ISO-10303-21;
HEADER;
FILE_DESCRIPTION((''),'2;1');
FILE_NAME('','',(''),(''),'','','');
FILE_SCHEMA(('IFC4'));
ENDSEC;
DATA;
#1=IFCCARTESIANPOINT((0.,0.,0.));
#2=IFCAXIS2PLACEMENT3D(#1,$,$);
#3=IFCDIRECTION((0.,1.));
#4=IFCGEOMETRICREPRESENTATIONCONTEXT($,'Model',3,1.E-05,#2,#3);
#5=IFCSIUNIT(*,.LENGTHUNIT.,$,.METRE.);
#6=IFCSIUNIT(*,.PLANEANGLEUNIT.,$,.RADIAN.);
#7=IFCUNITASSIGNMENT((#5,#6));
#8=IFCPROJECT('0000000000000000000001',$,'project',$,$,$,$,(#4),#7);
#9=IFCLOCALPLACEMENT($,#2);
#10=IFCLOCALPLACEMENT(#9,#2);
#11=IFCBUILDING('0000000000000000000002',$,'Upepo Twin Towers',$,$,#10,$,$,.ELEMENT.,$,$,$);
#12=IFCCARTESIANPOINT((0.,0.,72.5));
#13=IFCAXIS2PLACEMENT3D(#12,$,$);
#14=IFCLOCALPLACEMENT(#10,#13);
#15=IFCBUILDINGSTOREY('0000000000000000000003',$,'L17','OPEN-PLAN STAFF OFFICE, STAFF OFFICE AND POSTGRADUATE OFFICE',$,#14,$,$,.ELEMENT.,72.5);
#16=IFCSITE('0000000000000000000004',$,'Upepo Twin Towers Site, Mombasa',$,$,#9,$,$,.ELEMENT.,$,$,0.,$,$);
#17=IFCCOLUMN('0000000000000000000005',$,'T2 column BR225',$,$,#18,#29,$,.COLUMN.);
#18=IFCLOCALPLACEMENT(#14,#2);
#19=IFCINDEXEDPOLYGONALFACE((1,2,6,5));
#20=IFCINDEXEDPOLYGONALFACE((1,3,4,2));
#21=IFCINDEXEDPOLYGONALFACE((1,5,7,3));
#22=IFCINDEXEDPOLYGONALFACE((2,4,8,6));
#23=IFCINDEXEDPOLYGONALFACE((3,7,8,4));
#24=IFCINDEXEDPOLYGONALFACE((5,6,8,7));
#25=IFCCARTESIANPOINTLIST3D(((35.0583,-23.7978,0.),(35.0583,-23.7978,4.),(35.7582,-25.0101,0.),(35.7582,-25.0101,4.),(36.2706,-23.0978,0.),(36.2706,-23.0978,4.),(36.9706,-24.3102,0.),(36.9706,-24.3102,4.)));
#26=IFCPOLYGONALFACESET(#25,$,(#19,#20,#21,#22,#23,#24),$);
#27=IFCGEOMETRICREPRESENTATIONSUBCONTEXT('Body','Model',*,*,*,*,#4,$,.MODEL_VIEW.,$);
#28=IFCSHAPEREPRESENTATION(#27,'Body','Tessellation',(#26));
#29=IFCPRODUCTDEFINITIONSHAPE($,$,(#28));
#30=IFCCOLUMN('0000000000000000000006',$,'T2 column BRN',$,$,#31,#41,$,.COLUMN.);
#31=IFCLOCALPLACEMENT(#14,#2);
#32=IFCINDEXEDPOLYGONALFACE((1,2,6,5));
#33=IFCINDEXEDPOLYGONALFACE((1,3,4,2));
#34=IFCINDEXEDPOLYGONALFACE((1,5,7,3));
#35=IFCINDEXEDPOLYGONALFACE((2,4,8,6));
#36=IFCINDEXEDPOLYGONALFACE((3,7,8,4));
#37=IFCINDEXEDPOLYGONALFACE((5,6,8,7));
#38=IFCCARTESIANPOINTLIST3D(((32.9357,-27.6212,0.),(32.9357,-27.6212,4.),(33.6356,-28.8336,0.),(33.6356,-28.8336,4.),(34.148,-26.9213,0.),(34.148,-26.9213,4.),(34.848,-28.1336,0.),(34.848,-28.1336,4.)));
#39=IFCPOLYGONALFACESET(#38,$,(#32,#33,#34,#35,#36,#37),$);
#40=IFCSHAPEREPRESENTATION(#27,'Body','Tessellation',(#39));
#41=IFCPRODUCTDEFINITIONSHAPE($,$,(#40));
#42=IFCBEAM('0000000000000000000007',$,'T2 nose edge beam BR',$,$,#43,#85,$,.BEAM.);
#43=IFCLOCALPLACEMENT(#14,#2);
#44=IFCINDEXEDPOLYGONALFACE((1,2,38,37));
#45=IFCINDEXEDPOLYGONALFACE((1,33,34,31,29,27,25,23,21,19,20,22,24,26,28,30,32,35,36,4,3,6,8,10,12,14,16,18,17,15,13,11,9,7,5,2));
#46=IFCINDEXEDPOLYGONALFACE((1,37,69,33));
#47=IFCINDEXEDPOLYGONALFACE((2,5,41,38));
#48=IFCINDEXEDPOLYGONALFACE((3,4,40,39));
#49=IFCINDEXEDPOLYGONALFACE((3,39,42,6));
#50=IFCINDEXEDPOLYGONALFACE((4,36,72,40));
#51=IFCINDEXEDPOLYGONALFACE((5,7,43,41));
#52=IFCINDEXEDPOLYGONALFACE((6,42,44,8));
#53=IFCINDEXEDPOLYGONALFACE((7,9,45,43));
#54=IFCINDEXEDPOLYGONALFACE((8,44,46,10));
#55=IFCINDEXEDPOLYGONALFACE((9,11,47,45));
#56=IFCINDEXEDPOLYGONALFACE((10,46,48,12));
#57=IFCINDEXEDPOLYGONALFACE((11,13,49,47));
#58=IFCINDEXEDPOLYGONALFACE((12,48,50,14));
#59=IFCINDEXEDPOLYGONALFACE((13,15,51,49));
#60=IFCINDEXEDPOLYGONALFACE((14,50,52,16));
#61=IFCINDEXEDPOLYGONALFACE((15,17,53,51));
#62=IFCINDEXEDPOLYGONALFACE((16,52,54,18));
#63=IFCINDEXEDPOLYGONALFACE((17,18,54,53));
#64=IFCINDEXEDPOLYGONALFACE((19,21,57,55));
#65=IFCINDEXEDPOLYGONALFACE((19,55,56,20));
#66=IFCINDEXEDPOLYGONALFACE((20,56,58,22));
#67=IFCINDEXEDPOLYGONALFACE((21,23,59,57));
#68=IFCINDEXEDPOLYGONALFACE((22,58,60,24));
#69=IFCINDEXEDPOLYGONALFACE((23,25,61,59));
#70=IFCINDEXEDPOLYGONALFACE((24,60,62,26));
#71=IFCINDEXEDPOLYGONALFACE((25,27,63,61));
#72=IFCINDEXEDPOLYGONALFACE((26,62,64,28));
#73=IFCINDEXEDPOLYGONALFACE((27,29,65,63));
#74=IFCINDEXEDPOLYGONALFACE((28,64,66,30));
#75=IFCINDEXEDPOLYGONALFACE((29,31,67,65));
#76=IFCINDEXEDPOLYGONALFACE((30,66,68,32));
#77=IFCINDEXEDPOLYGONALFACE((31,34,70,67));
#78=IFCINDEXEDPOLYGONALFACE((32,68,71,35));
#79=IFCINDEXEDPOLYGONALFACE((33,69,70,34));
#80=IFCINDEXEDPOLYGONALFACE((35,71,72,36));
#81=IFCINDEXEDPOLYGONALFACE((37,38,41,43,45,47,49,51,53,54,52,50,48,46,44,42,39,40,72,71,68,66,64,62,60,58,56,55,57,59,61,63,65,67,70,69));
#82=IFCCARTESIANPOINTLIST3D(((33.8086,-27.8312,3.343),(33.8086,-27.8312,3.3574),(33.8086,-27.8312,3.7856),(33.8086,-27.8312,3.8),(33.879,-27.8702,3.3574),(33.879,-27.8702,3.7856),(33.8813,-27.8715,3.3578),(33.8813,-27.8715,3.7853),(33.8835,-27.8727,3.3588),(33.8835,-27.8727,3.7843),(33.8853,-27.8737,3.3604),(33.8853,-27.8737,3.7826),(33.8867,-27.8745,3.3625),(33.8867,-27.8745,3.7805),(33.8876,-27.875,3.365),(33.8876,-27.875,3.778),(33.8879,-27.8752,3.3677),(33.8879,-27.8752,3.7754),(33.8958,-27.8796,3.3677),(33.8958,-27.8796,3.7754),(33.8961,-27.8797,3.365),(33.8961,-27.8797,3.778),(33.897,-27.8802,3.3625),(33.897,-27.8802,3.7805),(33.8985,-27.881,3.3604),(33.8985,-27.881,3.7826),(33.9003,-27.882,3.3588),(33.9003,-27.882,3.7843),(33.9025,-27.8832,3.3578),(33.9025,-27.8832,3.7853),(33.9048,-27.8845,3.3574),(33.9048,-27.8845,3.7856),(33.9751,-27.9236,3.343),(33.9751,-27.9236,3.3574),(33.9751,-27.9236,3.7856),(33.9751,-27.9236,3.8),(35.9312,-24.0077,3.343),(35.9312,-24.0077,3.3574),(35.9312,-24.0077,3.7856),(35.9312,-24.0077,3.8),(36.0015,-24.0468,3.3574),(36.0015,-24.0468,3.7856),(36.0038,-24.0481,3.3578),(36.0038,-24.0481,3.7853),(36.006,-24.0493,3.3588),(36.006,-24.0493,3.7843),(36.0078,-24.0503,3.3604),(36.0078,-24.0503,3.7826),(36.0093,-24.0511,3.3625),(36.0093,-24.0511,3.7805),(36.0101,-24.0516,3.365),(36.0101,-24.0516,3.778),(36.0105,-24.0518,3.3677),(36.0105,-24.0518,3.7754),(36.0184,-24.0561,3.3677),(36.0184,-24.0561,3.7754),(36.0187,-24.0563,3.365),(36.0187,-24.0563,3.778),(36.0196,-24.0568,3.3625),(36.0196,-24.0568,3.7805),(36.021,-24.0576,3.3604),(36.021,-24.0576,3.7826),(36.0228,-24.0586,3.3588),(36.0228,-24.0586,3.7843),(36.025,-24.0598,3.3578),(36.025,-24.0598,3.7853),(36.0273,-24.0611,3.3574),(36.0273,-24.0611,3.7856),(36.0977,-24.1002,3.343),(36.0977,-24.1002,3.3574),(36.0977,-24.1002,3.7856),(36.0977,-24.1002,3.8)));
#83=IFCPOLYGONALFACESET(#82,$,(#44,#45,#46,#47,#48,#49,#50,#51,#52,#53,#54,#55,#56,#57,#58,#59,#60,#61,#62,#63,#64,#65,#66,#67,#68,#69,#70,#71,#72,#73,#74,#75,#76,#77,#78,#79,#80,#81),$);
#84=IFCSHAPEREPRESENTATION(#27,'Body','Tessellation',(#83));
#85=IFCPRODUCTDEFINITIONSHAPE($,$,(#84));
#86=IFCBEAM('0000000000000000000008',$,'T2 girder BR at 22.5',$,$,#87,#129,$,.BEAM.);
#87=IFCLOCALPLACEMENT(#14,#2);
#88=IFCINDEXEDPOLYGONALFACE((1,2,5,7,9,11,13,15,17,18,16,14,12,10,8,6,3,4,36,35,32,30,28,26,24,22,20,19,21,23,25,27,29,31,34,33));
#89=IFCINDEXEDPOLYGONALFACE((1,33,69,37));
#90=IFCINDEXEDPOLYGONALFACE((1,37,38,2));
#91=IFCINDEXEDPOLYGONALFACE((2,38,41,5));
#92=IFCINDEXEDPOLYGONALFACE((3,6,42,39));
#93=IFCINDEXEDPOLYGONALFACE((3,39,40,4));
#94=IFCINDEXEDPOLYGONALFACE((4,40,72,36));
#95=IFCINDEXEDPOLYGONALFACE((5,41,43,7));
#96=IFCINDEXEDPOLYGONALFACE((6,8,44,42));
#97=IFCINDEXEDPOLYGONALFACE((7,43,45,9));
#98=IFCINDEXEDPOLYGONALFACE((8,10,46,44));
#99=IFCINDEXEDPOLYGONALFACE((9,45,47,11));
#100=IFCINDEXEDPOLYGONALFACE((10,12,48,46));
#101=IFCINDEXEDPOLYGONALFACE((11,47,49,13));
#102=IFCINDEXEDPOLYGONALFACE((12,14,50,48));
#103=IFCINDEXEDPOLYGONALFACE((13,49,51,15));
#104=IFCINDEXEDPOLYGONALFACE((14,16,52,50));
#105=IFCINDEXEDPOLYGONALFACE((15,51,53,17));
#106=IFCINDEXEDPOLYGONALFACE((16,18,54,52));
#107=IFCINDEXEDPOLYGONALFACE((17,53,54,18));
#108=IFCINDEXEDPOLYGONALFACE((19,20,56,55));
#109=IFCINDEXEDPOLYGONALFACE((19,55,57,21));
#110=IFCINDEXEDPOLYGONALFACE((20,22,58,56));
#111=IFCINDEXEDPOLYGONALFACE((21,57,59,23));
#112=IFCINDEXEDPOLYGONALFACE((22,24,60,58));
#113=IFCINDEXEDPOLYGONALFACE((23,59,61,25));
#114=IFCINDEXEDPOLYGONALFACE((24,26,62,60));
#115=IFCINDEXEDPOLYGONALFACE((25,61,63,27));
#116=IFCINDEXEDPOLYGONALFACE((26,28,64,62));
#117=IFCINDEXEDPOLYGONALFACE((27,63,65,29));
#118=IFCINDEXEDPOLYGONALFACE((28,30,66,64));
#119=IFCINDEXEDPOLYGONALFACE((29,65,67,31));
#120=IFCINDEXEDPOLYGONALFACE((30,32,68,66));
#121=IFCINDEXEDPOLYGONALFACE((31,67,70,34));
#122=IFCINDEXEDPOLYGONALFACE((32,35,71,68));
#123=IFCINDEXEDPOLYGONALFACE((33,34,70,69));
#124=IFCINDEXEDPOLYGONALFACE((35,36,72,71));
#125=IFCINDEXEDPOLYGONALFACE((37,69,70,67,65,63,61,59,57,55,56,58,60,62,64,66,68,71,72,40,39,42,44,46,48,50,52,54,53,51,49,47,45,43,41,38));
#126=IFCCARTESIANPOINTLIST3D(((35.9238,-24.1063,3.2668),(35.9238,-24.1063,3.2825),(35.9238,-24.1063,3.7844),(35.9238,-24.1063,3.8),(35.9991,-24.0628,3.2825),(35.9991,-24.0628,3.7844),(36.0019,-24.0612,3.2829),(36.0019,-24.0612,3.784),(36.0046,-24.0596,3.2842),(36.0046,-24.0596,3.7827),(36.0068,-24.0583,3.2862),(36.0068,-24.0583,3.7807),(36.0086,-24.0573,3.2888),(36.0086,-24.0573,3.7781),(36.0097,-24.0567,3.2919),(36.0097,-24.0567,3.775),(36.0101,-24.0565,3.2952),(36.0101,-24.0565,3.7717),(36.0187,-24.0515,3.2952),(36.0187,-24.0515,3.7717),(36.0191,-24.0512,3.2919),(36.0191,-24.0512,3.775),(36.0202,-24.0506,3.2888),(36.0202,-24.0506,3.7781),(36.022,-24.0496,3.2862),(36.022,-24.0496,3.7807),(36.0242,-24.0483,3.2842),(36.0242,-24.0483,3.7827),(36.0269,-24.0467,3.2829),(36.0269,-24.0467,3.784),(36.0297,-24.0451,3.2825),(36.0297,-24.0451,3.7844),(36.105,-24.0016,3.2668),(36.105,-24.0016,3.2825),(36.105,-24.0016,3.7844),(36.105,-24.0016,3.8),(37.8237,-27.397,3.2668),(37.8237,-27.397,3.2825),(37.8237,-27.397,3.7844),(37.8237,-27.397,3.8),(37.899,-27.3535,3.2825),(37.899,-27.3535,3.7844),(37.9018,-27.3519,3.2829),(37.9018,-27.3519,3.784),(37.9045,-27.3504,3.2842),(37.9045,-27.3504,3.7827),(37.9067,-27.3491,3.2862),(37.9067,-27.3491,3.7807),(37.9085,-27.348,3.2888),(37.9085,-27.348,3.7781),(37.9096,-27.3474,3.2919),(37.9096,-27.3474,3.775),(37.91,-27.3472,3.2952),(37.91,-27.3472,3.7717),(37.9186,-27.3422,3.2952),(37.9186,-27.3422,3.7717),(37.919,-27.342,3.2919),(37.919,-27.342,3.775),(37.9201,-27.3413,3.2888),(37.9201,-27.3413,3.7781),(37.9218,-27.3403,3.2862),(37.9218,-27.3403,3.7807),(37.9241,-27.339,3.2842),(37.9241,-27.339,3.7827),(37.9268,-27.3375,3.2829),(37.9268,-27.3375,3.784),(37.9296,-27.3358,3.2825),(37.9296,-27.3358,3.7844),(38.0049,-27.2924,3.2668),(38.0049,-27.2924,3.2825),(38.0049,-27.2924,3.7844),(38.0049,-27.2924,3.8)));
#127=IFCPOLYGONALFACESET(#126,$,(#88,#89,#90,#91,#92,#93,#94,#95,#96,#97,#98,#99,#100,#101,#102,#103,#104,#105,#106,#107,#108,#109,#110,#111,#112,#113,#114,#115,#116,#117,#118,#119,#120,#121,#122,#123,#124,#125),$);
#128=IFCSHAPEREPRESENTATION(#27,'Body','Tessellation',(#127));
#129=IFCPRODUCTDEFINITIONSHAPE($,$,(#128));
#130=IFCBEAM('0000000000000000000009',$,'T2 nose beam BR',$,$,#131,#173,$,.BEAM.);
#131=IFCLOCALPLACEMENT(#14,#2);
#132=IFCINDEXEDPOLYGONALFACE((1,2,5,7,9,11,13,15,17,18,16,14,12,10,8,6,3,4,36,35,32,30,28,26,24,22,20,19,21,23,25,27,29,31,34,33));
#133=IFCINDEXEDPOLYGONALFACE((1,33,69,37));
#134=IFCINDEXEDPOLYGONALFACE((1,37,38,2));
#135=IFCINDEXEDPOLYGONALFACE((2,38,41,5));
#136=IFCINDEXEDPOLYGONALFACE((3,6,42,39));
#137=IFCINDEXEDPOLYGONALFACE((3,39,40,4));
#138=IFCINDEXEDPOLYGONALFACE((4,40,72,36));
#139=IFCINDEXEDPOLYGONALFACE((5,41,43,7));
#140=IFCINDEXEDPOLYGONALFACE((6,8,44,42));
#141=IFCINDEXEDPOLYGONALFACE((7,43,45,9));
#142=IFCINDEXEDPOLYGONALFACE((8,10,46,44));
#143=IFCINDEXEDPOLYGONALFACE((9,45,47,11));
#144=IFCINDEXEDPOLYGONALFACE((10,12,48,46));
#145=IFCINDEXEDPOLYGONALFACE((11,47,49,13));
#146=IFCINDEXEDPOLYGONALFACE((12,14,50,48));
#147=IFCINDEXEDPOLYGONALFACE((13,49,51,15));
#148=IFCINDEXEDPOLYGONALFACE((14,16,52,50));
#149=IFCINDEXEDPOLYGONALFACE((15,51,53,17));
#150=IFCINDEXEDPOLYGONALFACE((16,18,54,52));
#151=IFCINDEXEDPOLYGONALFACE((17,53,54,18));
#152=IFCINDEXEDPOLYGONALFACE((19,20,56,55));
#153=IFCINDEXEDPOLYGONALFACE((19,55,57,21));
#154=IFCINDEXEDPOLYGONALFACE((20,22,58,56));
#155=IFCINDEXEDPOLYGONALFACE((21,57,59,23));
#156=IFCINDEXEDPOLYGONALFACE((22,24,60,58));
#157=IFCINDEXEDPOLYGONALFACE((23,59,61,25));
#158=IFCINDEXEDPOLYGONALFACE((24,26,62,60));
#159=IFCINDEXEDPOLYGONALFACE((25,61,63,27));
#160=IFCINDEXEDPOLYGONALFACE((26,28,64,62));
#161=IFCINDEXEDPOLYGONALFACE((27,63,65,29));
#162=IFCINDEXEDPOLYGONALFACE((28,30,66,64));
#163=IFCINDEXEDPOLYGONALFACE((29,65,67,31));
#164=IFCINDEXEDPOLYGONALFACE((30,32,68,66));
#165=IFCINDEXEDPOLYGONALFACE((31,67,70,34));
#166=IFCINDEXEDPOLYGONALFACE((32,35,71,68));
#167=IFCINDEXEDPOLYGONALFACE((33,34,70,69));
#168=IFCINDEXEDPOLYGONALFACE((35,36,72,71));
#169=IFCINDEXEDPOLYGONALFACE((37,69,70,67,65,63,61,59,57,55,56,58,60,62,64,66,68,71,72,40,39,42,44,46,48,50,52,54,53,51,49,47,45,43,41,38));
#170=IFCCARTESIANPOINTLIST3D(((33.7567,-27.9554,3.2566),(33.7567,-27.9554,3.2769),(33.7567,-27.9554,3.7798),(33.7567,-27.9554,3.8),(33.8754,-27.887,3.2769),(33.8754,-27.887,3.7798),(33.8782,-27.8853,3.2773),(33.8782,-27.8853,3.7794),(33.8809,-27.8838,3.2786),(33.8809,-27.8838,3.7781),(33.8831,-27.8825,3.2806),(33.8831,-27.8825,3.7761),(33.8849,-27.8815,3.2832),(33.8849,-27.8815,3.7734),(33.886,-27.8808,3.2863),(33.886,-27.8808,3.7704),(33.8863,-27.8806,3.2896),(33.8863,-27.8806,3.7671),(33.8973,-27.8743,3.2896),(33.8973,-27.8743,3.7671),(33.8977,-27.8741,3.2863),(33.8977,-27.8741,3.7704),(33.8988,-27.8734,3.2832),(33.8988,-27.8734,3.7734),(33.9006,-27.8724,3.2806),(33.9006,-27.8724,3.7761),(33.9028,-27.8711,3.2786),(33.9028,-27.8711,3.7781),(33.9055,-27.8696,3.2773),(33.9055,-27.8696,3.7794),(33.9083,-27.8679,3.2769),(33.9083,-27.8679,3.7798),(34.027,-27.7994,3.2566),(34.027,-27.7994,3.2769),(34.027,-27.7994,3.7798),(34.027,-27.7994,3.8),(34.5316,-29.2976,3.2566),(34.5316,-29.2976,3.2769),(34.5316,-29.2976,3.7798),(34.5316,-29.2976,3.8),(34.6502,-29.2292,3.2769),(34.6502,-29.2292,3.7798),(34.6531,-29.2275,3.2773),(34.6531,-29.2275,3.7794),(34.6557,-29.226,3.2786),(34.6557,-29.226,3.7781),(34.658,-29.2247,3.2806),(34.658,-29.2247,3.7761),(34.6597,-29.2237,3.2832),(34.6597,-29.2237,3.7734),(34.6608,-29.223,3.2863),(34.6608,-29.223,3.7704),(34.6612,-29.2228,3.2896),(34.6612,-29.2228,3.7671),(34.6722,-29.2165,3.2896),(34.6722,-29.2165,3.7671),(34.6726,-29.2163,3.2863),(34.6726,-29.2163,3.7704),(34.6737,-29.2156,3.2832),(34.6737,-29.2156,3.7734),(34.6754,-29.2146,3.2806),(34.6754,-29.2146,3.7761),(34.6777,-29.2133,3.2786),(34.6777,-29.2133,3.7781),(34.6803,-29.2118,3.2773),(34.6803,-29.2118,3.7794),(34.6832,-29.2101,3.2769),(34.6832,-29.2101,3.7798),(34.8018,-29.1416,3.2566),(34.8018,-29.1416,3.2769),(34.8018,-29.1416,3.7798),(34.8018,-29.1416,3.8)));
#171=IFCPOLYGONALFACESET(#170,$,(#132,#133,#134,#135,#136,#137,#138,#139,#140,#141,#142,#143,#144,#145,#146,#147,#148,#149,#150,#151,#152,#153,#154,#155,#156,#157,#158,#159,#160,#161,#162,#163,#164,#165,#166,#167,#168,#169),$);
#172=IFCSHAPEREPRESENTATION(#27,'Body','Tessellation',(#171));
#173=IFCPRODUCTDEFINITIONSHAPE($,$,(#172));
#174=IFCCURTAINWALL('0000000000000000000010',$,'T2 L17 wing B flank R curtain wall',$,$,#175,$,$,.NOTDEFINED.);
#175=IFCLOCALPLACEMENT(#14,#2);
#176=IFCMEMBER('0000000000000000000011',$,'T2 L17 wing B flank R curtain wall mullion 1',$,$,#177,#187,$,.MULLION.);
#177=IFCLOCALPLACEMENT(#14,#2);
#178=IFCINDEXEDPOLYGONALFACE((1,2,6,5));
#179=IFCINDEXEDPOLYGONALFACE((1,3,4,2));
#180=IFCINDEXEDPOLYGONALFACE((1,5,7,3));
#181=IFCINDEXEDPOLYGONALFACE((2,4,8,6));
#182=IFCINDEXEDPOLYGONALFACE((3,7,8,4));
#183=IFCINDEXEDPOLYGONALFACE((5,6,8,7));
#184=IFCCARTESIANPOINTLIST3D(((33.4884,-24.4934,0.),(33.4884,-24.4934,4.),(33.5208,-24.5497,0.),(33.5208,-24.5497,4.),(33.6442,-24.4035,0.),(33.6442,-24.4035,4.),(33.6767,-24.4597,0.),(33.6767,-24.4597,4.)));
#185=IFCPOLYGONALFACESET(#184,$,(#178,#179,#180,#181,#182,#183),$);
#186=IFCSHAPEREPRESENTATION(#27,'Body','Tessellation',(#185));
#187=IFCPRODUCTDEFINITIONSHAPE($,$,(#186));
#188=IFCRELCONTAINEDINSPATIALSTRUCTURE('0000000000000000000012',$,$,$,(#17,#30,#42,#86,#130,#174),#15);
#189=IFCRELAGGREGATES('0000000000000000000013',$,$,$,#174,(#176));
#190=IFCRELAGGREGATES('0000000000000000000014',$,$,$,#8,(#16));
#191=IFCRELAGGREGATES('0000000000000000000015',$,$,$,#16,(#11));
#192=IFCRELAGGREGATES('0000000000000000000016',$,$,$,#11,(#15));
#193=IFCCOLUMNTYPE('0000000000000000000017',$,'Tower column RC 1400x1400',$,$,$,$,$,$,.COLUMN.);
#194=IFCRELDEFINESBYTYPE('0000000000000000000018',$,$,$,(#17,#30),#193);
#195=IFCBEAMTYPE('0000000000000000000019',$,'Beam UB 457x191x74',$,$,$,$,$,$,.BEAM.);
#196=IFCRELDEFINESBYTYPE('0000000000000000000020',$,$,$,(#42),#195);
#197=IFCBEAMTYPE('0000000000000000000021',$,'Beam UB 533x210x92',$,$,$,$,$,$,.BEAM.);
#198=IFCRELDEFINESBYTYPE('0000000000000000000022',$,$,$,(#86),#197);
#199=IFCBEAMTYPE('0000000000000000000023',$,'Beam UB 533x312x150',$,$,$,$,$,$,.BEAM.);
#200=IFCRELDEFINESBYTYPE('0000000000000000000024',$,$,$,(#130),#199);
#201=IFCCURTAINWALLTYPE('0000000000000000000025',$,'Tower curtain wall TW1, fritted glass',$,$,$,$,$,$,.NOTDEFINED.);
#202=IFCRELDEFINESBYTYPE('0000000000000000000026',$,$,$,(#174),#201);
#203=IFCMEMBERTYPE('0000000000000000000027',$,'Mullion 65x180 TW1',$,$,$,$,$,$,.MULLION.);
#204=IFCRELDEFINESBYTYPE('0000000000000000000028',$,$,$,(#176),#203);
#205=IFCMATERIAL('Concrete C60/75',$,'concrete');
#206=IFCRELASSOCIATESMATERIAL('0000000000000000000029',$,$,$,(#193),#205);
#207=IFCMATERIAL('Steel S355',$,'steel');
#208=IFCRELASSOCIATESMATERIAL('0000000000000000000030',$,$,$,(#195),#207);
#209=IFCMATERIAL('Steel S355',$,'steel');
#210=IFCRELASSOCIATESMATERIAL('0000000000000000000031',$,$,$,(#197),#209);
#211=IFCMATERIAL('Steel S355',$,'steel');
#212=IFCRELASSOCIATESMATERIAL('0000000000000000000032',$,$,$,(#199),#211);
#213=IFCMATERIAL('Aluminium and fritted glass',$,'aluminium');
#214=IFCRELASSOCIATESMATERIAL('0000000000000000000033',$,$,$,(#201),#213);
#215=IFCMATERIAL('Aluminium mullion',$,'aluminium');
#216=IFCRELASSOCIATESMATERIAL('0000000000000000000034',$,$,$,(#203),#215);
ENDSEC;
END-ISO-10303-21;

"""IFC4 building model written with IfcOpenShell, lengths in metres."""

from ifc_helpers import new_model, si_unit, direction, frame, origin, origin_2d, place, context, subcontext, project, spatial, rectangle, i_section, extrude, material, material_profile, profile_set, type_object, element, aggregate, save


model = new_model("IFC4")

# Units and contexts
model_context = context("Model", 3, precision=1e-05, world=origin(), true_north=direction((0.0, 1.0)))
body_context = subcontext(model_context, "Body", "Model", "MODEL_VIEW")
ifc_project = project(units=[si_unit("LENGTHUNIT", "METRE"), si_unit("PLANEANGLEUNIT", "RADIAN")], contexts=[model_context])

# Site, building, storey
site_placement = place(None, origin())
site = spatial("IfcSite", under=ifc_project, at=site_placement, Name="Upepo Twin Towers Site, Mombasa", CompositionType="ELEMENT", RefElevation=0.0)
building_placement = place(site_placement, origin())
building = spatial("IfcBuilding", under=site, at=building_placement, Name="Upepo Twin Towers", CompositionType="ELEMENT")
storey_placement = place(building_placement, frame((0.0, 0.0, 72.5)))
storey = spatial("IfcBuildingStorey", under=building, at=storey_placement, Name="L17", Description="OPEN-PLAN STAFF OFFICE, STAFF OFFICE AND POSTGRADUATE OFFICE", CompositionType="ELEMENT", Elevation=72.5)

# Columns
ifc_material_1 = material(Name="Concrete C60/75", Category="concrete")
ifc_material_profile_1 = material_profile(ifc_material_1, rectangle(XDim=1.3999, YDim=1.3999, at=origin_2d()), Name="RC 1400x1400")
ifc_profile_set_1 = profile_set([ifc_material_profile_1], Name="Concrete C60/75")
column_type = type_object("IfcColumnType", Name="Tower column RC 1400x1400", PredefinedType="COLUMN", material=ifc_profile_set_1)
for number, where, z_axis, x_axis, name in (
    (1, (36.0144, -24.054, 0.0), (0.0, 0.0, 1.0), (0.866025, 0.5, 0.0), "T2 column BR225"),
    (2, (33.8918, -27.8774, 0.0), (0.0, 0.0, 1.0), (0.866025, 0.5, 0.0), "T2 column BRN"),
):
    element("IfcColumn", number, at=place(storey_placement, frame(where, z_axis=z_axis, x_axis=x_axis)), inside=storey, type_object=column_type, Name=name, PredefinedType="COLUMN", context=body_context, shape_type="SweptSolid", body=[
        extrude(rectangle(XDim=1.3999, YDim=1.3999, at=origin_2d()), origin(), (0.0, 0.0, 1.0), 4.0),
    ])

# Beams
ifc_material_2 = material(Name="Steel S355", Category="steel")
ifc_material_profile_2 = material_profile(ifc_material_2, i_section(OverallWidth=0.1904, OverallDepth=0.457, WebThickness=0.009, FlangeThickness=0.0144, FilletRadius=0.0103, at=origin_2d()), Name="UB 457x191x74")
ifc_profile_set_2 = profile_set([ifc_material_profile_2], Name="Steel S355")
beam_type_1 = type_object("IfcBeamType", Name="Beam UB 457x191x74", PredefinedType="BEAM", material=ifc_profile_set_2)
beam_1_placement = place(storey_placement, frame((36.0144, -24.054, 3.5715), z_axis=(-0.485363, -0.874313, 0.0), x_axis=(0.874313, -0.485363, 0.0)))
element("IfcBeam", 3, at=beam_1_placement, inside=storey, type_object=beam_type_1, Name="T2 nose edge beam BR", PredefinedType="BEAM", context=body_context, shape_type="SweptSolid", body=[
    extrude(i_section(OverallWidth=0.1904, OverallDepth=0.457, WebThickness=0.009, FlangeThickness=0.0144, FilletRadius=0.0103, at=origin_2d()), origin(), (0.0, 0.0, 1.0), 4.373),
])
ifc_material_3 = material(Name="Steel S355", Category="steel")
ifc_material_profile_3 = material_profile(ifc_material_3, i_section(OverallWidth=0.2092, OverallDepth=0.5332, WebThickness=0.01, FlangeThickness=0.0156, FilletRadius=0.0127, at=origin_2d()), Name="UB 533x210x92")
ifc_profile_set_3 = profile_set([ifc_material_profile_3], Name="Steel S355")
beam_type_2 = type_object("IfcBeamType", Name="Beam UB 533x210x92", PredefinedType="BEAM", material=ifc_profile_set_3)
beam_2_placement = place(storey_placement, frame((36.0144, -24.054, 3.5334), z_axis=(0.499995, -0.866028, 0.0), x_axis=(0.866028, 0.499995, 0.0)))
element("IfcBeam", 4, at=beam_2_placement, inside=storey, type_object=beam_type_2, Name="T2 girder BR at 22.5", PredefinedType="BEAM", context=body_context, shape_type="SweptSolid", body=[
    extrude(i_section(OverallWidth=0.2092, OverallDepth=0.5332, WebThickness=0.01, FlangeThickness=0.0156, FilletRadius=0.0127, at=origin_2d()), origin(), (0.0, 0.0, 1.0), 3.7998),
])
ifc_material_4 = material(Name="Steel S355", Category="steel")
ifc_material_profile_4 = material_profile(ifc_material_4, i_section(OverallWidth=0.312, OverallDepth=0.5435, WebThickness=0.0127, FlangeThickness=0.0203, FilletRadius=0.0127, at=origin_2d()), Name="UB 533x312x150")
ifc_profile_set_4 = profile_set([ifc_material_profile_4], Name="Steel S355")
beam_type_3 = type_object("IfcBeamType", Name="Beam UB 533x312x150", PredefinedType="BEAM", material=ifc_profile_set_4)
beam_3_placement = place(storey_placement, frame((33.8918, -27.8774, 3.5283), z_axis=(0.499968, -0.866044, 0.0), x_axis=(0.866044, 0.499968, 0.0)))
element("IfcBeam", 5, at=beam_3_placement, inside=storey, type_object=beam_type_3, Name="T2 nose beam BR", PredefinedType="BEAM", context=body_context, shape_type="SweptSolid", body=[
    extrude(i_section(OverallWidth=0.312, OverallDepth=0.5435, WebThickness=0.0127, FlangeThickness=0.0203, FilletRadius=0.0127, at=origin_2d()), origin(), (0.0, 0.0, 1.0), 1.5498),
])

# Curtain wall, member
ifc_material_5 = material(Name="Aluminium and fritted glass", Category="aluminium")
curtain_wall_type = type_object("IfcCurtainWallType", Name="Tower curtain wall TW1, fritted glass", PredefinedType="NOTDEFINED", material=ifc_material_5)
curtain_wall_1_placement = place(storey_placement, origin())
curtain_wall_1 = element("IfcCurtainWall", 6, at=curtain_wall_1_placement, inside=storey, type_object=curtain_wall_type, Name="T2 L17 wing B flank R curtain wall", PredefinedType="NOTDEFINED")
ifc_material_6 = material(Name="Aluminium mullion", Category="aluminium")
ifc_material_profile_5 = material_profile(ifc_material_6, rectangle(XDim=0.0649, YDim=0.1799, at=origin_2d()), Name="MULLION 65x180")
ifc_profile_set_5 = profile_set([ifc_material_profile_5], Name="Aluminium mullion")
member_type_1 = type_object("IfcMemberType", Name="Mullion 65x180 TW1", PredefinedType="MULLION", material=ifc_profile_set_5)
member_1_placement = place(storey_placement, frame((33.5825, -24.4766, 0.0), z_axis=(0.0, 0.0, 1.0), x_axis=(-0.5, 0.866025, 0.0)))
member_1 = element("IfcMember", 7, at=member_1_placement, type_object=member_type_1, Name="T2 L17 wing B flank R curtain wall mullion 1", PredefinedType="MULLION", context=body_context, shape_type="SweptSolid", body=[
    extrude(rectangle(XDim=0.0649, YDim=0.1799, at=origin_2d()), origin(), (0.0, 0.0, 1.0), 4.0),
])

aggregate(curtain_wall_1, [member_1])

save(model, "model.ifc")
